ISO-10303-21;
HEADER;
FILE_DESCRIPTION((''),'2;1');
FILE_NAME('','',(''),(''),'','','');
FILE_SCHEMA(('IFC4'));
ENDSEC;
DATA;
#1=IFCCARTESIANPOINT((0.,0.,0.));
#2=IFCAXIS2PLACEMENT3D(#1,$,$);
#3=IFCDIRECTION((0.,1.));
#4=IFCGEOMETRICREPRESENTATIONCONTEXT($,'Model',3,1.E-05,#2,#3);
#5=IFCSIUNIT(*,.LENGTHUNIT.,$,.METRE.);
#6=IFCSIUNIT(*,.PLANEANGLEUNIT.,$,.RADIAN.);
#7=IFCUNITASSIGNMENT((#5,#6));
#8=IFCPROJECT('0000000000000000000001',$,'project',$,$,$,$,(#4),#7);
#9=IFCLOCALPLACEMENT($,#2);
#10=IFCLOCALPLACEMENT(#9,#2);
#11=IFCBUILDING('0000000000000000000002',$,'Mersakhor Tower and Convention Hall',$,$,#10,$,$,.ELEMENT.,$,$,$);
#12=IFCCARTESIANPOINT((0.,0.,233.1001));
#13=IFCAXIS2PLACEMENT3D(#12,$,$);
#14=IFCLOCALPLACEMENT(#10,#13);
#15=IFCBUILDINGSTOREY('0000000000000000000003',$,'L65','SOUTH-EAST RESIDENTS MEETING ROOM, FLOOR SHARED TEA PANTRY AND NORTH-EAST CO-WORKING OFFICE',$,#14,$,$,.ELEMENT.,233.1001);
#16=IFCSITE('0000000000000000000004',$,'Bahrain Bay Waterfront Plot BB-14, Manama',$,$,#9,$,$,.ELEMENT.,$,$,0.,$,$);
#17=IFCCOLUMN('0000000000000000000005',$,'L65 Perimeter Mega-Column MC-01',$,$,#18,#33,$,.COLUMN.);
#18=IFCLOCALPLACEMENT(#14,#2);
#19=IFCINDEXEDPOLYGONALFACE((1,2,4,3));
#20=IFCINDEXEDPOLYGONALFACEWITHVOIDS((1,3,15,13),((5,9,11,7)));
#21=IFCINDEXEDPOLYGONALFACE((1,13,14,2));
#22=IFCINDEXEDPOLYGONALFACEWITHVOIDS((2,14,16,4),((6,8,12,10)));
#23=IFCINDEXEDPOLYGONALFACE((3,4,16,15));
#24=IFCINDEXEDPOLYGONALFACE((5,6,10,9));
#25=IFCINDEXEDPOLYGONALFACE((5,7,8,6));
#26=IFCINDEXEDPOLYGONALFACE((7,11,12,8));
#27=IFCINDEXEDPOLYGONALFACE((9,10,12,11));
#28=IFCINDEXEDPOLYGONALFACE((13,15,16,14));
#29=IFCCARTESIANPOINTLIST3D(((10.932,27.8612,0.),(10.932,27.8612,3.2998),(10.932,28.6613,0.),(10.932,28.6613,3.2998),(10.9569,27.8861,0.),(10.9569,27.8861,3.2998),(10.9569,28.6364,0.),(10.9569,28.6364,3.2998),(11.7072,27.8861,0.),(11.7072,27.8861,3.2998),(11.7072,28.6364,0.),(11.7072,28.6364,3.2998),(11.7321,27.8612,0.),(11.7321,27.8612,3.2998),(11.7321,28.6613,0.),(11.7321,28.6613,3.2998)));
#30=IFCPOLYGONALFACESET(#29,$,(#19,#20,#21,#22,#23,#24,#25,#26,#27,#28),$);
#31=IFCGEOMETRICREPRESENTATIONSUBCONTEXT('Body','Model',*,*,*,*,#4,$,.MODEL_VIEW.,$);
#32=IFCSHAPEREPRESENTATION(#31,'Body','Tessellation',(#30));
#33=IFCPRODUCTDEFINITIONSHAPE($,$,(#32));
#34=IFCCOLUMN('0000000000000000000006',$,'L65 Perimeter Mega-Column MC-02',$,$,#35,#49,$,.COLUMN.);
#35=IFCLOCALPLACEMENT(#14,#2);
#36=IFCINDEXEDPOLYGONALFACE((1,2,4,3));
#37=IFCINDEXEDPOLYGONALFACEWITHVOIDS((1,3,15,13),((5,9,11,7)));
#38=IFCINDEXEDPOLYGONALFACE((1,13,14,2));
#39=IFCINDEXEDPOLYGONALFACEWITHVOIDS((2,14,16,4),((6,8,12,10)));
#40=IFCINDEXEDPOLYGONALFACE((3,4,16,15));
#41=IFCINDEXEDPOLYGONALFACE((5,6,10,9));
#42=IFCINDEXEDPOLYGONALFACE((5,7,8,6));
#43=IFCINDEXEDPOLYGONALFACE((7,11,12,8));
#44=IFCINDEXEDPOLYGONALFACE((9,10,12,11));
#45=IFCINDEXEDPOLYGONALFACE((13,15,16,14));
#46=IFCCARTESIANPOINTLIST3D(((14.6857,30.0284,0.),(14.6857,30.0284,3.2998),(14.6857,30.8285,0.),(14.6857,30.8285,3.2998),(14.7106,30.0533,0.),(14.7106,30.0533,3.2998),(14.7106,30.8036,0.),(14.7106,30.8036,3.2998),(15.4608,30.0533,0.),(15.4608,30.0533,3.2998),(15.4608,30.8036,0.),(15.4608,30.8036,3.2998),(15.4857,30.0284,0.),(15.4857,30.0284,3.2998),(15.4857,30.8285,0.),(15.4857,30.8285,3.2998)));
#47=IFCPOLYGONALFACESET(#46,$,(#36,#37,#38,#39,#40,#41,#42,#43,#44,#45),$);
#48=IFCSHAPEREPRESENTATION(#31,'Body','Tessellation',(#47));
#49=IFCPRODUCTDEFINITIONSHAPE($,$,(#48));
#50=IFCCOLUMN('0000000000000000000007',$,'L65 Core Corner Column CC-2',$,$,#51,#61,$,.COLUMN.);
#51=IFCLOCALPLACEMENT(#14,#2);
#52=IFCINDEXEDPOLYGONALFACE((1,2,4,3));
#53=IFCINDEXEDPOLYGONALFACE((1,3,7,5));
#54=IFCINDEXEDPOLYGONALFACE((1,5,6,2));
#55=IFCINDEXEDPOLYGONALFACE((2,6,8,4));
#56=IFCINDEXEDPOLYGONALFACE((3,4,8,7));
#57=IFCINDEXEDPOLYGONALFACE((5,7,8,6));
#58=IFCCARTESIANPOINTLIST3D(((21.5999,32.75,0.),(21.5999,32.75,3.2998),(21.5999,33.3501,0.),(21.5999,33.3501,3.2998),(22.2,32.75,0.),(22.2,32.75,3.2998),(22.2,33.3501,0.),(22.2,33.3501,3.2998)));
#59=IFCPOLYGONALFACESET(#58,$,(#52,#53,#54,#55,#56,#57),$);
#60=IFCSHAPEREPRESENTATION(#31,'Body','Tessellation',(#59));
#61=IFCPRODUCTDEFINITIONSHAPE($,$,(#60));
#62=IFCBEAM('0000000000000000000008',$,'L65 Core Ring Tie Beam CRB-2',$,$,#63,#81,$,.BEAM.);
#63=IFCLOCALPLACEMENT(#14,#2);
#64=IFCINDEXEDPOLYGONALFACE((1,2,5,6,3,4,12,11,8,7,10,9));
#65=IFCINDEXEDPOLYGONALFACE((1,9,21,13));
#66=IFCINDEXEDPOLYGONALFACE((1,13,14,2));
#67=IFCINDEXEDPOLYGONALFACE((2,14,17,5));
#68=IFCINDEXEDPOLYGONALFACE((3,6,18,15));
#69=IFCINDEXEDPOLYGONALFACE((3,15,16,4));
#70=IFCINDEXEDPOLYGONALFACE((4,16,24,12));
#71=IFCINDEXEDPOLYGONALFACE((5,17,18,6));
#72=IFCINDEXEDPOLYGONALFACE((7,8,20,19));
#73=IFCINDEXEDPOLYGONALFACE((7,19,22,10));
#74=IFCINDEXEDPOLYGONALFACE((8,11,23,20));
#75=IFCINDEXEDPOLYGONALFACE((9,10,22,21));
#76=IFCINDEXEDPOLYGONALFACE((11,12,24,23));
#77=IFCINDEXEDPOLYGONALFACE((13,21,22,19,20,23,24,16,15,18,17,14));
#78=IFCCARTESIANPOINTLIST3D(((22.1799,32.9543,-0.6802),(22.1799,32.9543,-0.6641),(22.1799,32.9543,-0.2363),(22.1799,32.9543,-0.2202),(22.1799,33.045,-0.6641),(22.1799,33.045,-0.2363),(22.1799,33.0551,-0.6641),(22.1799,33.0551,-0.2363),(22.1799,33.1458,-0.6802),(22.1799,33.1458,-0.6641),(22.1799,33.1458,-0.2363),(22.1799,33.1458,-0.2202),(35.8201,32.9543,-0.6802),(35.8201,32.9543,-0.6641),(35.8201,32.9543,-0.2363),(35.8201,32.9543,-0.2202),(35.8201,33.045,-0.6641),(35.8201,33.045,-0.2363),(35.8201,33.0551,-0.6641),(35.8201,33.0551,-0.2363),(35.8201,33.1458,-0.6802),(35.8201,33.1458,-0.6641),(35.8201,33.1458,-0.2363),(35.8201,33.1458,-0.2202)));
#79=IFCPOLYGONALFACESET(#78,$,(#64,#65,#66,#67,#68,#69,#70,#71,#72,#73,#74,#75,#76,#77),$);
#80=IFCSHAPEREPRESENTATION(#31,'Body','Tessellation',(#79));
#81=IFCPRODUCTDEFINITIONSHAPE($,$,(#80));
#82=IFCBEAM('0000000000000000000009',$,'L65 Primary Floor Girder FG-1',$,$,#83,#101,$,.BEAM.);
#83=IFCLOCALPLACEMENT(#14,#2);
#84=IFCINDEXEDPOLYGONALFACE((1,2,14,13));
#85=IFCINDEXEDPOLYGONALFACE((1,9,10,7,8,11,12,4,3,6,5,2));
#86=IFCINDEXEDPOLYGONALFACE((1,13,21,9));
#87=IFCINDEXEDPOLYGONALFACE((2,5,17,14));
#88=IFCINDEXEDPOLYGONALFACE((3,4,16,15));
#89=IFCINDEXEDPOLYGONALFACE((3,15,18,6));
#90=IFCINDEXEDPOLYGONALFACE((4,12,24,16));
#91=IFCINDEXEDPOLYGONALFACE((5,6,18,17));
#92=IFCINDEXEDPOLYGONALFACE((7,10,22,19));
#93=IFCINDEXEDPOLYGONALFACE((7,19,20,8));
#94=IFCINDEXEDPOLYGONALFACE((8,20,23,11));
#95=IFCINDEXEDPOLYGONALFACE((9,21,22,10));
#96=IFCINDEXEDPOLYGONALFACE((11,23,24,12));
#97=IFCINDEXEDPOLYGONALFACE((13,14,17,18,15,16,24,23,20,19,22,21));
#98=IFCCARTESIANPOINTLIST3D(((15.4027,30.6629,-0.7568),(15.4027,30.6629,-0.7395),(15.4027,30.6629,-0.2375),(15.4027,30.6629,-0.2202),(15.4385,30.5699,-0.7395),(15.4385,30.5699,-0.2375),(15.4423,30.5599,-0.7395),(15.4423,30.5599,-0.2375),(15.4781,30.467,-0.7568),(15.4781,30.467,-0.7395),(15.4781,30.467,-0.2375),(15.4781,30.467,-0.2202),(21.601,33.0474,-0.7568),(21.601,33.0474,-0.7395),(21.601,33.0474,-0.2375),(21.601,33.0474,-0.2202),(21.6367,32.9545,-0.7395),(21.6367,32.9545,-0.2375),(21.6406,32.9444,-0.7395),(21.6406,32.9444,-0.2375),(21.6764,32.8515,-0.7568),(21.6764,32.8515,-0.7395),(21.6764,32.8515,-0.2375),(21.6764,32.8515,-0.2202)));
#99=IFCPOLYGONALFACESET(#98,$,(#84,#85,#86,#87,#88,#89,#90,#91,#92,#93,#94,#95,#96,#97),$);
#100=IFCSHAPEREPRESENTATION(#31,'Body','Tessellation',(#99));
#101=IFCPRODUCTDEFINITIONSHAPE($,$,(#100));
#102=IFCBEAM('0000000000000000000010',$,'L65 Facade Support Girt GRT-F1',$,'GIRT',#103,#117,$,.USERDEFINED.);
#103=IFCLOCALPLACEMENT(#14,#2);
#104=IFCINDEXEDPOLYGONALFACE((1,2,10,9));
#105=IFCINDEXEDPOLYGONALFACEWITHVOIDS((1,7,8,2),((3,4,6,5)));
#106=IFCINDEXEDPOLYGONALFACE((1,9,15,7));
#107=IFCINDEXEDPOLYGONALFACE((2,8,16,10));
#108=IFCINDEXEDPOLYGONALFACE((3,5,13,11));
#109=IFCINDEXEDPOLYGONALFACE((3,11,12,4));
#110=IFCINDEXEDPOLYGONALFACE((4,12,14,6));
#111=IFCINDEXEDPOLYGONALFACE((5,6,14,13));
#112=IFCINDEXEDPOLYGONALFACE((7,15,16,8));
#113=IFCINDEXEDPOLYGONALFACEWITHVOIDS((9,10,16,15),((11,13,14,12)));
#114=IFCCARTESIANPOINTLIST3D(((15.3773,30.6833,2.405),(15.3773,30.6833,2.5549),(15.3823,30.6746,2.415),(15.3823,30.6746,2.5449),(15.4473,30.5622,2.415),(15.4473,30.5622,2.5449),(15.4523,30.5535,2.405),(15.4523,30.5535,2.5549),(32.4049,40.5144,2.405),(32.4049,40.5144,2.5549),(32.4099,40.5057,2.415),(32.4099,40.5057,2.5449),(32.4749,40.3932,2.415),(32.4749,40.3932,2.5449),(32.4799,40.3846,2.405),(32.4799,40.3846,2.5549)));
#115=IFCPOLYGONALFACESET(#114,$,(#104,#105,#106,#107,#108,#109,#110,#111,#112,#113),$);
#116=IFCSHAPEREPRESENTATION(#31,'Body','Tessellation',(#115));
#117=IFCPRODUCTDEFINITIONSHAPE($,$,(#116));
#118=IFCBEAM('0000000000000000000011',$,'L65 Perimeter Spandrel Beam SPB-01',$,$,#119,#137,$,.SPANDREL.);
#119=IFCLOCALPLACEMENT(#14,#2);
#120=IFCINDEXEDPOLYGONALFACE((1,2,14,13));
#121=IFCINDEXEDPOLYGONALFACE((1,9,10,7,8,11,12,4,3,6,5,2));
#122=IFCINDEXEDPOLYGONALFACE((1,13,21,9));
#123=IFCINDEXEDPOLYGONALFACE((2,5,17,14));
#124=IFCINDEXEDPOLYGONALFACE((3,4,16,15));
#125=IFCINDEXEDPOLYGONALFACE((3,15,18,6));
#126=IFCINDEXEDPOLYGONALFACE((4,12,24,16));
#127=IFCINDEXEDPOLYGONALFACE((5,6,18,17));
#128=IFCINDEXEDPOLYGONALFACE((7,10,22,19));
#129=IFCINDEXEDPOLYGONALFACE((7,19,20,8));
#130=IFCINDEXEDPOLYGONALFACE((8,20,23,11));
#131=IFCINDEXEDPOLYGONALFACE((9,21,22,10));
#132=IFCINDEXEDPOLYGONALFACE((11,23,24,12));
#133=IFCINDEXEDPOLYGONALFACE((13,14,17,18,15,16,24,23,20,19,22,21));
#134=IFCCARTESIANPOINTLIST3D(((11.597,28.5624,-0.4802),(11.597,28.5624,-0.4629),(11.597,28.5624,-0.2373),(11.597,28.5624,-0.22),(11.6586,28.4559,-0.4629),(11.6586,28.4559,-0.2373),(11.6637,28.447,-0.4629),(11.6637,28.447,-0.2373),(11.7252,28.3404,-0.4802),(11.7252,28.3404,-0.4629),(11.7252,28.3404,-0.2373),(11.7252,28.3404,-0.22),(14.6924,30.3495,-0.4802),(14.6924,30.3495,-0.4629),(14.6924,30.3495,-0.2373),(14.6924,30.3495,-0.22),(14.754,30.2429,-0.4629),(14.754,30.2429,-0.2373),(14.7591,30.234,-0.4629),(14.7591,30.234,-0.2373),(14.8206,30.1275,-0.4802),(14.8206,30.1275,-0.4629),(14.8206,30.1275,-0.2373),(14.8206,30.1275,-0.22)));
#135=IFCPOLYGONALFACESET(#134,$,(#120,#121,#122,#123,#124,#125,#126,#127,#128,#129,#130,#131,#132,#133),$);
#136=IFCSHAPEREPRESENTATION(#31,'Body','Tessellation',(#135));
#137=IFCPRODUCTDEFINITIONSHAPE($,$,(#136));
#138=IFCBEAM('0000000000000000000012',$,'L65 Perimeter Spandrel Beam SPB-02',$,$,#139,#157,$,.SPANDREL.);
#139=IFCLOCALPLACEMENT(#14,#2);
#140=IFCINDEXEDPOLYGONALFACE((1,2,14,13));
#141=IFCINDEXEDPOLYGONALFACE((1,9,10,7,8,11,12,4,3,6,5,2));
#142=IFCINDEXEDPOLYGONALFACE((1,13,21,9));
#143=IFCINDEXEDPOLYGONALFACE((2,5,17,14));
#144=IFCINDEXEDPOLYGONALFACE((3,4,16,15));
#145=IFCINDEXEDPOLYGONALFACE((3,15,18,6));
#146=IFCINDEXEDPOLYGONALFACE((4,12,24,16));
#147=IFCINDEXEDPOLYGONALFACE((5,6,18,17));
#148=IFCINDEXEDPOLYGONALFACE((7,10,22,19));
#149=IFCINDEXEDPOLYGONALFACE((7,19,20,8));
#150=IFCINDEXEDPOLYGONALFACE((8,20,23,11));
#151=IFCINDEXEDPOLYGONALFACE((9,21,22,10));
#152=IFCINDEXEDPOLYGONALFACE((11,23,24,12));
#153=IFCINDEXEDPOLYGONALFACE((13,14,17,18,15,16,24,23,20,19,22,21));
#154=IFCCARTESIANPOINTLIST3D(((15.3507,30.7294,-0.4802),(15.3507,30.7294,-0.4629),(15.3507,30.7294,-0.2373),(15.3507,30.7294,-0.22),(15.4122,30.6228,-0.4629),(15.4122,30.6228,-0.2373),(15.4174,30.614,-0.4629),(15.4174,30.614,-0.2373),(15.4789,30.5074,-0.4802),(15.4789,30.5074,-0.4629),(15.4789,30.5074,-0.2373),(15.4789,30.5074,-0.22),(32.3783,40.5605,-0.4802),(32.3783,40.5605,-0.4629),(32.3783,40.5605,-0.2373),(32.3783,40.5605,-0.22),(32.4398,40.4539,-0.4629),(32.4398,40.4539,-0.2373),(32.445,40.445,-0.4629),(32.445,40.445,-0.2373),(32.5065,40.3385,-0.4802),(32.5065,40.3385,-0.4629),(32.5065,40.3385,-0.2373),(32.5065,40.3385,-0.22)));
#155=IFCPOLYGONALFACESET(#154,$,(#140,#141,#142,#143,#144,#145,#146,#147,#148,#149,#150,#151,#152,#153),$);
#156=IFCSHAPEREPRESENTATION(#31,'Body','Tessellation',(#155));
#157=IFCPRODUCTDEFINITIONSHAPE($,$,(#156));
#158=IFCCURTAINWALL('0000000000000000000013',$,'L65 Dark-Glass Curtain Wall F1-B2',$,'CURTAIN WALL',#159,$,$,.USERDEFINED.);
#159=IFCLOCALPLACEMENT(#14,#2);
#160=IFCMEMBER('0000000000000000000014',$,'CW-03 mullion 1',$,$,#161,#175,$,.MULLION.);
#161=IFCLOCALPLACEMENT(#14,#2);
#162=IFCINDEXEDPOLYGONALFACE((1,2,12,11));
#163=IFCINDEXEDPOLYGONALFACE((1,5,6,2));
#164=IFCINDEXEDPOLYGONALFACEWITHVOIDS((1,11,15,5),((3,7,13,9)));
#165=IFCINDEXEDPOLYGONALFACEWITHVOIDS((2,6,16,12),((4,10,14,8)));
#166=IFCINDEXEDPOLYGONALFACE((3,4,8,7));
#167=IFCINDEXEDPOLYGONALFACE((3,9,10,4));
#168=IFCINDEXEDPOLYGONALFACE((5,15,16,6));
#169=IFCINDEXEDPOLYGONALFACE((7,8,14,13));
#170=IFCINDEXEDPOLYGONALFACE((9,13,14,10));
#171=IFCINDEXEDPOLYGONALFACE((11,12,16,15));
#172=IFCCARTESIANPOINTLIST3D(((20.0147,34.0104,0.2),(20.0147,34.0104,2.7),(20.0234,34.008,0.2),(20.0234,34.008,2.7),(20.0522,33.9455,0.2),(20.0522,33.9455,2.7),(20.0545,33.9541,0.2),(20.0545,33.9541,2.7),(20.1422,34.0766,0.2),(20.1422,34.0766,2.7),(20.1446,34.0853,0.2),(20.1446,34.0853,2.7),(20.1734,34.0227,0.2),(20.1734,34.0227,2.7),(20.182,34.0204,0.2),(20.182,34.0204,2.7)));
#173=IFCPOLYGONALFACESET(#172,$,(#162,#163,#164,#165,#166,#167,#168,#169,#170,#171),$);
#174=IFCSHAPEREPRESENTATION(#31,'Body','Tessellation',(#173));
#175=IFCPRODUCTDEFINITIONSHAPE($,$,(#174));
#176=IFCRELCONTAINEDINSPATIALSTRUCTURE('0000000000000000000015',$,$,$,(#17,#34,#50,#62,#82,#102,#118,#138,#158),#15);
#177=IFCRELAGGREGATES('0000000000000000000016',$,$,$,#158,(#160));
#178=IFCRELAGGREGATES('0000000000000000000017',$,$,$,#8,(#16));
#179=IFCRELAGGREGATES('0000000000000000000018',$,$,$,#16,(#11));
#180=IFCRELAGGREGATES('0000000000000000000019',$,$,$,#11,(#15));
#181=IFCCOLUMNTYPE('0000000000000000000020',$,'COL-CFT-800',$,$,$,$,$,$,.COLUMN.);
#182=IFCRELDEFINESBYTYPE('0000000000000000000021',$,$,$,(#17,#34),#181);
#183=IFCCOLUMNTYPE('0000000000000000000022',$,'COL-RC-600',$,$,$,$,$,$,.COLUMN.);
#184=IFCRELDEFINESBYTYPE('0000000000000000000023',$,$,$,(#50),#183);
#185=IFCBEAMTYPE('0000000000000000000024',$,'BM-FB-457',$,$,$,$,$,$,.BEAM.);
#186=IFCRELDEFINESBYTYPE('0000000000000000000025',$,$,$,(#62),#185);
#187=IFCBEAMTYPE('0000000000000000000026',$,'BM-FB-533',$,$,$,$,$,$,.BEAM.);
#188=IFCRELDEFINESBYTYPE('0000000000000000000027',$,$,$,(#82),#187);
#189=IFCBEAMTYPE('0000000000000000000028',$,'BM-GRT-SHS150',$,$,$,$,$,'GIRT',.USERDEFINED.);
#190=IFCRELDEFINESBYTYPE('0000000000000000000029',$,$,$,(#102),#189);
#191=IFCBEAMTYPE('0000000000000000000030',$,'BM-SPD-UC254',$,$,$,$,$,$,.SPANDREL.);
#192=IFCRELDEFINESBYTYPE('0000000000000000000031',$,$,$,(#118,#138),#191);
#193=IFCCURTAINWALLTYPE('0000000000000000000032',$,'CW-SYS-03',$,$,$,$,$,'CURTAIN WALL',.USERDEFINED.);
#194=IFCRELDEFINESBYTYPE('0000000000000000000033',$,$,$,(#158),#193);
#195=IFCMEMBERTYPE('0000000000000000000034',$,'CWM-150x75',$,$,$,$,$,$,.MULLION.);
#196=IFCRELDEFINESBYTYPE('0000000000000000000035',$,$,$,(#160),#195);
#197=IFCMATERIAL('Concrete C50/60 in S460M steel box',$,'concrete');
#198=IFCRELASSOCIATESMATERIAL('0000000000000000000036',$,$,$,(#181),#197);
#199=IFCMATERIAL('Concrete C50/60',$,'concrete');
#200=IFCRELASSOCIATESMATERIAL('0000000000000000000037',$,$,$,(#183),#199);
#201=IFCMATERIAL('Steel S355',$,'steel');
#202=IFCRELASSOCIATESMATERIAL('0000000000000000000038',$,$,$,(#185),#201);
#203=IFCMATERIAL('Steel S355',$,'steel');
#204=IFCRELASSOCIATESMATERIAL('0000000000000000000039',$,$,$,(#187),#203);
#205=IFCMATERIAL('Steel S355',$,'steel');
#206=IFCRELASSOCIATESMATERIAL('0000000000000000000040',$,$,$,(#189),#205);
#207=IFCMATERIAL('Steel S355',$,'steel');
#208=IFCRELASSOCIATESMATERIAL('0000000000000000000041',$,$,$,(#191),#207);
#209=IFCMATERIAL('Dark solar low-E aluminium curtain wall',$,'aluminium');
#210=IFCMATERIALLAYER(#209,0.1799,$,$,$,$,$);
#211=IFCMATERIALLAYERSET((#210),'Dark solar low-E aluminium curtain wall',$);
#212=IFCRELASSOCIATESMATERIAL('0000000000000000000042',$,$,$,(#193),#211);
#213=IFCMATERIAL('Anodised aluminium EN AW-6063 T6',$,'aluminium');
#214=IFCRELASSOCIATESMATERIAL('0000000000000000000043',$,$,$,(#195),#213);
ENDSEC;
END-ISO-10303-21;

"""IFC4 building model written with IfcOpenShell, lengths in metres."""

from ifc_helpers import new_model, si_unit, direction, frame, origin, origin_2d, place, context, subcontext, project, spatial, rectangle, hollow_rectangle, i_section, extrude, material, layer, layer_set, material_profile, profile_set, type_object, element, aggregate, save


model = new_model("IFC4")

# Units and contexts
model_context = context("Model", 3, precision=1e-05, world=origin(), true_north=direction((0.0, 1.0)))
body_context = subcontext(model_context, "Body", "Model", "MODEL_VIEW")
ifc_project = project(units=[si_unit("LENGTHUNIT", "METRE"), si_unit("PLANEANGLEUNIT", "RADIAN")], contexts=[model_context])

# Site, building, storey
site_placement = place(None, origin())
site = spatial("IfcSite", under=ifc_project, at=site_placement, Name="Bahrain Bay Waterfront Plot BB-14, Manama", CompositionType="ELEMENT", RefElevation=0.0)
building_placement = place(site_placement, origin())
building = spatial("IfcBuilding", under=site, at=building_placement, Name="Mersakhor Tower and Convention Hall", CompositionType="ELEMENT")
storey_placement = place(building_placement, frame((0.0, 0.0, 233.1001)))
storey = spatial("IfcBuildingStorey", under=building, at=storey_placement, Name="L65", Description="SOUTH-EAST RESIDENTS MEETING ROOM, FLOOR SHARED TEA PANTRY AND NORTH-EAST CO-WORKING OFFICE", CompositionType="ELEMENT", Elevation=233.1001)

# Columns
ifc_material_1 = material(Name="Concrete C50/60 in S460M steel box", Category="concrete")
ifc_material_profile_1 = material_profile(ifc_material_1, hollow_rectangle(XDim=0.8, YDim=0.8, WallThickness=0.0249, at=origin_2d()), Name="SHS 800x800x25")
ifc_profile_set_1 = profile_set([ifc_material_profile_1], Name="Concrete C50/60 in S460M steel box")
column_type_1 = type_object("IfcColumnType", Name="COL-CFT-800", PredefinedType="COLUMN", material=ifc_profile_set_1)
for number, where, z_axis, x_axis, name in (
    (1, (11.332, 28.2612, 0.0), (0.0, 0.0, 1.0), (1.0, 0.0, 0.0), "L65 Perimeter Mega-Column MC-01"),
    (2, (15.0857, 30.4285, 0.0), (0.0, 0.0, 1.0), (1.0, 0.0, 0.0), "L65 Perimeter Mega-Column MC-02"),
):
    element("IfcColumn", number, at=place(storey_placement, frame(where, z_axis=z_axis, x_axis=x_axis)), inside=storey, type_object=column_type_1, Name=name, PredefinedType="COLUMN", context=body_context, shape_type="SweptSolid", body=[
        extrude(hollow_rectangle(XDim=0.8, YDim=0.8, WallThickness=0.0249, at=origin_2d()), origin(), (0.0, 0.0, 1.0), 3.2998),
    ])
ifc_material_2 = material(Name="Concrete C50/60", Category="concrete")
ifc_material_profile_2 = material_profile(ifc_material_2, rectangle(XDim=0.6001, YDim=0.6001, at=origin_2d()), Name="RC 600x600")
ifc_profile_set_2 = profile_set([ifc_material_profile_2], Name="Concrete C50/60")
column_type_2 = type_object("IfcColumnType", Name="COL-RC-600", PredefinedType="COLUMN", material=ifc_profile_set_2)
column_placement = place(storey_placement, frame((21.8999, 33.05, 0.0), z_axis=(0.0, 0.0, 1.0), x_axis=(1.0, 0.0, 0.0)))
element("IfcColumn", 3, at=column_placement, inside=storey, type_object=column_type_2, Name="L65 Core Corner Column CC-2", PredefinedType="COLUMN", context=body_context, shape_type="SweptSolid", body=[
    extrude(rectangle(XDim=0.6001, YDim=0.6001, at=origin_2d()), origin(), (0.0, 0.0, 1.0), 3.2998),
])

# Beams
ifc_material_3 = material(Name="Steel S355", Category="steel")
ifc_material_profile_3 = material_profile(ifc_material_3, i_section(OverallWidth=0.1914, OverallDepth=0.46, WebThickness=0.01, FlangeThickness=0.0161, at=origin_2d()), Name="UB 457x191x82")
ifc_profile_set_3 = profile_set([ifc_material_profile_3], Name="Steel S355")
beam_type_1 = type_object("IfcBeamType", Name="BM-FB-457", PredefinedType="BEAM", material=ifc_profile_set_3)
beam_1_placement = place(storey_placement, frame((22.1799, 33.05, -0.4502), z_axis=(1.0, 0.0, 0.0), x_axis=(0.0, 1.0, 0.0)))
element("IfcBeam", 4, at=beam_1_placement, inside=storey, type_object=beam_type_1, Name="L65 Core Ring Tie Beam CRB-2", PredefinedType="BEAM", context=body_context, shape_type="SweptSolid", body=[
    extrude(i_section(OverallWidth=0.1914, OverallDepth=0.46, WebThickness=0.01, FlangeThickness=0.0161, at=origin_2d()), origin(), (0.0, 0.0, 1.0), 13.6401),
])
ifc_material_4 = material(Name="Steel S355", Category="steel")
ifc_material_profile_4 = material_profile(ifc_material_4, i_section(OverallWidth=0.21, OverallDepth=0.5366, WebThickness=0.0107, FlangeThickness=0.0173, at=origin_2d()), Name="UB 533x210x101")
ifc_profile_set_4 = profile_set([ifc_material_profile_4], Name="Steel S355")
beam_type_2 = type_object("IfcBeamType", Name="BM-FB-533", PredefinedType="BEAM", material=ifc_profile_set_4)
beam_2_placement = place(storey_placement, frame((21.6387, 32.9495, -0.4885), z_axis=(-0.933316, -0.359055, 0.0), x_axis=(0.359055, -0.933316, 0.0)))
element("IfcBeam", 5, at=beam_2_placement, inside=storey, type_object=beam_type_2, Name="L65 Primary Floor Girder FG-1", PredefinedType="BEAM", context=body_context, shape_type="SweptSolid", body=[
    extrude(i_section(OverallWidth=0.21, OverallDepth=0.5366, WebThickness=0.0107, FlangeThickness=0.0173, at=origin_2d()), origin(), (0.0, 0.0, 1.0), 6.6411),
])
ifc_material_5 = material(Name="Steel S355", Category="steel")
ifc_material_profile_5 = material_profile(ifc_material_5, hollow_rectangle(XDim=0.1499, YDim=0.1499, WallThickness=0.01, at=origin_2d()), Name="SHS 150x150x10")
ifc_profile_set_5 = profile_set([ifc_material_profile_5], Name="Steel S355")
beam_type_3 = type_object("IfcBeamType", Name="BM-GRT-SHS150", ElementType="GIRT", PredefinedType="USERDEFINED", material=ifc_profile_set_5)
beam_3_placement = place(storey_placement, frame((15.4148, 30.6184, 2.48), z_axis=(0.866022, 0.500007, 0.0), x_axis=(-0.500007, 0.866022, 0.0)))
element("IfcBeam", 6, at=beam_3_placement, inside=storey, type_object=beam_type_3, Name="L65 Facade Support Girt GRT-F1", ObjectType="GIRT", PredefinedType="USERDEFINED", context=body_context, shape_type="SweptSolid", body=[
    extrude(hollow_rectangle(XDim=0.1499, YDim=0.1499, WallThickness=0.01, at=origin_2d()), origin(), (0.0, 0.0, 1.0), 19.6619),
])
ifc_material_6 = material(Name="Steel S355", Category="steel")
ifc_material_profile_6 = material_profile(ifc_material_6, i_section(OverallWidth=0.2563, OverallDepth=0.2603, WebThickness=0.0103, FlangeThickness=0.0173, at=origin_2d()), Name="UC 254x254x89")
ifc_profile_set_6 = profile_set([ifc_material_profile_6], Name="Steel S355")
beam_type_4 = type_object("IfcBeamType", Name="BM-SPD-UC254", PredefinedType="SPANDREL", material=ifc_profile_set_6)
beam_4_placement = place(storey_placement, frame((11.6611, 28.4514, -0.3501), z_axis=(0.866032, 0.499989, 0.0), x_axis=(-0.499989, 0.866032, 0.0)))
element("IfcBeam", 7, at=beam_4_placement, inside=storey, type_object=beam_type_4, Name="L65 Perimeter Spandrel Beam SPB-01", PredefinedType="SPANDREL", context=body_context, shape_type="SweptSolid", body=[
    extrude(i_section(OverallWidth=0.2563, OverallDepth=0.2603, WebThickness=0.0103, FlangeThickness=0.0173, at=origin_2d()), origin(), (0.0, 0.0, 1.0), 3.5742),
])
beam_5_placement = place(storey_placement, frame((15.4148, 30.6184, -0.3501), z_axis=(0.866022, 0.500007, 0.0), x_axis=(-0.500007, 0.866022, 0.0)))
element("IfcBeam", 8, at=beam_5_placement, inside=storey, type_object=beam_type_4, Name="L65 Perimeter Spandrel Beam SPB-02", PredefinedType="SPANDREL", context=body_context, shape_type="SweptSolid", body=[
    extrude(i_section(OverallWidth=0.2563, OverallDepth=0.2603, WebThickness=0.0103, FlangeThickness=0.0173, at=origin_2d()), origin(), (0.0, 0.0, 1.0), 19.6619),
])

# Curtain wall, member
ifc_material_7 = material(Name="Dark solar low-E aluminium curtain wall", Category="aluminium")
ifc_layer_1 = layer(ifc_material_7, 0.1799)
ifc_layer_set_1 = layer_set([ifc_layer_1], Name="Dark solar low-E aluminium curtain wall")
curtain_wall_type = type_object("IfcCurtainWallType", Name="CW-SYS-03", ElementType="CURTAIN WALL", PredefinedType="USERDEFINED", material=ifc_layer_set_1)
curtain_wall_placement = place(storey_placement, origin())
curtain_wall = element("IfcCurtainWall", 9, at=curtain_wall_placement, inside=storey, type_object=curtain_wall_type, Name="L65 Dark-Glass Curtain Wall F1-B2", ObjectType="CURTAIN WALL", PredefinedType="USERDEFINED")
ifc_material_8 = material(Name="Anodised aluminium EN AW-6063 T6", Category="aluminium")
ifc_material_profile_7 = material_profile(ifc_material_8, hollow_rectangle(XDim=0.075, YDim=0.1499, WallThickness=0.0063, at=origin_2d()), Name="RHS 150x75x6.3")
ifc_profile_set_7 = profile_set([ifc_material_profile_7], Name="Anodised aluminium EN AW-6063 T6")
member_type_1 = type_object("IfcMemberType", Name="CWM-150x75", PredefinedType="MULLION", material=ifc_profile_set_7)
member_1_placement = place(storey_placement, frame((20.0984, 34.0154, 0.2), z_axis=(0.0, 0.0, 1.0), x_axis=(-0.500004, 0.866023, 0.0)))
member_1 = element("IfcMember", 10, at=member_1_placement, type_object=member_type_1, Name="CW-03 mullion 1", PredefinedType="MULLION", context=body_context, shape_type="SweptSolid", body=[
    extrude(hollow_rectangle(XDim=0.075, YDim=0.1499, WallThickness=0.0063, at=origin_2d()), origin(), (0.0, 0.0, 1.0), 2.5),
])

aggregate(curtain_wall, [member_1])

save(model, "model.ifc")
